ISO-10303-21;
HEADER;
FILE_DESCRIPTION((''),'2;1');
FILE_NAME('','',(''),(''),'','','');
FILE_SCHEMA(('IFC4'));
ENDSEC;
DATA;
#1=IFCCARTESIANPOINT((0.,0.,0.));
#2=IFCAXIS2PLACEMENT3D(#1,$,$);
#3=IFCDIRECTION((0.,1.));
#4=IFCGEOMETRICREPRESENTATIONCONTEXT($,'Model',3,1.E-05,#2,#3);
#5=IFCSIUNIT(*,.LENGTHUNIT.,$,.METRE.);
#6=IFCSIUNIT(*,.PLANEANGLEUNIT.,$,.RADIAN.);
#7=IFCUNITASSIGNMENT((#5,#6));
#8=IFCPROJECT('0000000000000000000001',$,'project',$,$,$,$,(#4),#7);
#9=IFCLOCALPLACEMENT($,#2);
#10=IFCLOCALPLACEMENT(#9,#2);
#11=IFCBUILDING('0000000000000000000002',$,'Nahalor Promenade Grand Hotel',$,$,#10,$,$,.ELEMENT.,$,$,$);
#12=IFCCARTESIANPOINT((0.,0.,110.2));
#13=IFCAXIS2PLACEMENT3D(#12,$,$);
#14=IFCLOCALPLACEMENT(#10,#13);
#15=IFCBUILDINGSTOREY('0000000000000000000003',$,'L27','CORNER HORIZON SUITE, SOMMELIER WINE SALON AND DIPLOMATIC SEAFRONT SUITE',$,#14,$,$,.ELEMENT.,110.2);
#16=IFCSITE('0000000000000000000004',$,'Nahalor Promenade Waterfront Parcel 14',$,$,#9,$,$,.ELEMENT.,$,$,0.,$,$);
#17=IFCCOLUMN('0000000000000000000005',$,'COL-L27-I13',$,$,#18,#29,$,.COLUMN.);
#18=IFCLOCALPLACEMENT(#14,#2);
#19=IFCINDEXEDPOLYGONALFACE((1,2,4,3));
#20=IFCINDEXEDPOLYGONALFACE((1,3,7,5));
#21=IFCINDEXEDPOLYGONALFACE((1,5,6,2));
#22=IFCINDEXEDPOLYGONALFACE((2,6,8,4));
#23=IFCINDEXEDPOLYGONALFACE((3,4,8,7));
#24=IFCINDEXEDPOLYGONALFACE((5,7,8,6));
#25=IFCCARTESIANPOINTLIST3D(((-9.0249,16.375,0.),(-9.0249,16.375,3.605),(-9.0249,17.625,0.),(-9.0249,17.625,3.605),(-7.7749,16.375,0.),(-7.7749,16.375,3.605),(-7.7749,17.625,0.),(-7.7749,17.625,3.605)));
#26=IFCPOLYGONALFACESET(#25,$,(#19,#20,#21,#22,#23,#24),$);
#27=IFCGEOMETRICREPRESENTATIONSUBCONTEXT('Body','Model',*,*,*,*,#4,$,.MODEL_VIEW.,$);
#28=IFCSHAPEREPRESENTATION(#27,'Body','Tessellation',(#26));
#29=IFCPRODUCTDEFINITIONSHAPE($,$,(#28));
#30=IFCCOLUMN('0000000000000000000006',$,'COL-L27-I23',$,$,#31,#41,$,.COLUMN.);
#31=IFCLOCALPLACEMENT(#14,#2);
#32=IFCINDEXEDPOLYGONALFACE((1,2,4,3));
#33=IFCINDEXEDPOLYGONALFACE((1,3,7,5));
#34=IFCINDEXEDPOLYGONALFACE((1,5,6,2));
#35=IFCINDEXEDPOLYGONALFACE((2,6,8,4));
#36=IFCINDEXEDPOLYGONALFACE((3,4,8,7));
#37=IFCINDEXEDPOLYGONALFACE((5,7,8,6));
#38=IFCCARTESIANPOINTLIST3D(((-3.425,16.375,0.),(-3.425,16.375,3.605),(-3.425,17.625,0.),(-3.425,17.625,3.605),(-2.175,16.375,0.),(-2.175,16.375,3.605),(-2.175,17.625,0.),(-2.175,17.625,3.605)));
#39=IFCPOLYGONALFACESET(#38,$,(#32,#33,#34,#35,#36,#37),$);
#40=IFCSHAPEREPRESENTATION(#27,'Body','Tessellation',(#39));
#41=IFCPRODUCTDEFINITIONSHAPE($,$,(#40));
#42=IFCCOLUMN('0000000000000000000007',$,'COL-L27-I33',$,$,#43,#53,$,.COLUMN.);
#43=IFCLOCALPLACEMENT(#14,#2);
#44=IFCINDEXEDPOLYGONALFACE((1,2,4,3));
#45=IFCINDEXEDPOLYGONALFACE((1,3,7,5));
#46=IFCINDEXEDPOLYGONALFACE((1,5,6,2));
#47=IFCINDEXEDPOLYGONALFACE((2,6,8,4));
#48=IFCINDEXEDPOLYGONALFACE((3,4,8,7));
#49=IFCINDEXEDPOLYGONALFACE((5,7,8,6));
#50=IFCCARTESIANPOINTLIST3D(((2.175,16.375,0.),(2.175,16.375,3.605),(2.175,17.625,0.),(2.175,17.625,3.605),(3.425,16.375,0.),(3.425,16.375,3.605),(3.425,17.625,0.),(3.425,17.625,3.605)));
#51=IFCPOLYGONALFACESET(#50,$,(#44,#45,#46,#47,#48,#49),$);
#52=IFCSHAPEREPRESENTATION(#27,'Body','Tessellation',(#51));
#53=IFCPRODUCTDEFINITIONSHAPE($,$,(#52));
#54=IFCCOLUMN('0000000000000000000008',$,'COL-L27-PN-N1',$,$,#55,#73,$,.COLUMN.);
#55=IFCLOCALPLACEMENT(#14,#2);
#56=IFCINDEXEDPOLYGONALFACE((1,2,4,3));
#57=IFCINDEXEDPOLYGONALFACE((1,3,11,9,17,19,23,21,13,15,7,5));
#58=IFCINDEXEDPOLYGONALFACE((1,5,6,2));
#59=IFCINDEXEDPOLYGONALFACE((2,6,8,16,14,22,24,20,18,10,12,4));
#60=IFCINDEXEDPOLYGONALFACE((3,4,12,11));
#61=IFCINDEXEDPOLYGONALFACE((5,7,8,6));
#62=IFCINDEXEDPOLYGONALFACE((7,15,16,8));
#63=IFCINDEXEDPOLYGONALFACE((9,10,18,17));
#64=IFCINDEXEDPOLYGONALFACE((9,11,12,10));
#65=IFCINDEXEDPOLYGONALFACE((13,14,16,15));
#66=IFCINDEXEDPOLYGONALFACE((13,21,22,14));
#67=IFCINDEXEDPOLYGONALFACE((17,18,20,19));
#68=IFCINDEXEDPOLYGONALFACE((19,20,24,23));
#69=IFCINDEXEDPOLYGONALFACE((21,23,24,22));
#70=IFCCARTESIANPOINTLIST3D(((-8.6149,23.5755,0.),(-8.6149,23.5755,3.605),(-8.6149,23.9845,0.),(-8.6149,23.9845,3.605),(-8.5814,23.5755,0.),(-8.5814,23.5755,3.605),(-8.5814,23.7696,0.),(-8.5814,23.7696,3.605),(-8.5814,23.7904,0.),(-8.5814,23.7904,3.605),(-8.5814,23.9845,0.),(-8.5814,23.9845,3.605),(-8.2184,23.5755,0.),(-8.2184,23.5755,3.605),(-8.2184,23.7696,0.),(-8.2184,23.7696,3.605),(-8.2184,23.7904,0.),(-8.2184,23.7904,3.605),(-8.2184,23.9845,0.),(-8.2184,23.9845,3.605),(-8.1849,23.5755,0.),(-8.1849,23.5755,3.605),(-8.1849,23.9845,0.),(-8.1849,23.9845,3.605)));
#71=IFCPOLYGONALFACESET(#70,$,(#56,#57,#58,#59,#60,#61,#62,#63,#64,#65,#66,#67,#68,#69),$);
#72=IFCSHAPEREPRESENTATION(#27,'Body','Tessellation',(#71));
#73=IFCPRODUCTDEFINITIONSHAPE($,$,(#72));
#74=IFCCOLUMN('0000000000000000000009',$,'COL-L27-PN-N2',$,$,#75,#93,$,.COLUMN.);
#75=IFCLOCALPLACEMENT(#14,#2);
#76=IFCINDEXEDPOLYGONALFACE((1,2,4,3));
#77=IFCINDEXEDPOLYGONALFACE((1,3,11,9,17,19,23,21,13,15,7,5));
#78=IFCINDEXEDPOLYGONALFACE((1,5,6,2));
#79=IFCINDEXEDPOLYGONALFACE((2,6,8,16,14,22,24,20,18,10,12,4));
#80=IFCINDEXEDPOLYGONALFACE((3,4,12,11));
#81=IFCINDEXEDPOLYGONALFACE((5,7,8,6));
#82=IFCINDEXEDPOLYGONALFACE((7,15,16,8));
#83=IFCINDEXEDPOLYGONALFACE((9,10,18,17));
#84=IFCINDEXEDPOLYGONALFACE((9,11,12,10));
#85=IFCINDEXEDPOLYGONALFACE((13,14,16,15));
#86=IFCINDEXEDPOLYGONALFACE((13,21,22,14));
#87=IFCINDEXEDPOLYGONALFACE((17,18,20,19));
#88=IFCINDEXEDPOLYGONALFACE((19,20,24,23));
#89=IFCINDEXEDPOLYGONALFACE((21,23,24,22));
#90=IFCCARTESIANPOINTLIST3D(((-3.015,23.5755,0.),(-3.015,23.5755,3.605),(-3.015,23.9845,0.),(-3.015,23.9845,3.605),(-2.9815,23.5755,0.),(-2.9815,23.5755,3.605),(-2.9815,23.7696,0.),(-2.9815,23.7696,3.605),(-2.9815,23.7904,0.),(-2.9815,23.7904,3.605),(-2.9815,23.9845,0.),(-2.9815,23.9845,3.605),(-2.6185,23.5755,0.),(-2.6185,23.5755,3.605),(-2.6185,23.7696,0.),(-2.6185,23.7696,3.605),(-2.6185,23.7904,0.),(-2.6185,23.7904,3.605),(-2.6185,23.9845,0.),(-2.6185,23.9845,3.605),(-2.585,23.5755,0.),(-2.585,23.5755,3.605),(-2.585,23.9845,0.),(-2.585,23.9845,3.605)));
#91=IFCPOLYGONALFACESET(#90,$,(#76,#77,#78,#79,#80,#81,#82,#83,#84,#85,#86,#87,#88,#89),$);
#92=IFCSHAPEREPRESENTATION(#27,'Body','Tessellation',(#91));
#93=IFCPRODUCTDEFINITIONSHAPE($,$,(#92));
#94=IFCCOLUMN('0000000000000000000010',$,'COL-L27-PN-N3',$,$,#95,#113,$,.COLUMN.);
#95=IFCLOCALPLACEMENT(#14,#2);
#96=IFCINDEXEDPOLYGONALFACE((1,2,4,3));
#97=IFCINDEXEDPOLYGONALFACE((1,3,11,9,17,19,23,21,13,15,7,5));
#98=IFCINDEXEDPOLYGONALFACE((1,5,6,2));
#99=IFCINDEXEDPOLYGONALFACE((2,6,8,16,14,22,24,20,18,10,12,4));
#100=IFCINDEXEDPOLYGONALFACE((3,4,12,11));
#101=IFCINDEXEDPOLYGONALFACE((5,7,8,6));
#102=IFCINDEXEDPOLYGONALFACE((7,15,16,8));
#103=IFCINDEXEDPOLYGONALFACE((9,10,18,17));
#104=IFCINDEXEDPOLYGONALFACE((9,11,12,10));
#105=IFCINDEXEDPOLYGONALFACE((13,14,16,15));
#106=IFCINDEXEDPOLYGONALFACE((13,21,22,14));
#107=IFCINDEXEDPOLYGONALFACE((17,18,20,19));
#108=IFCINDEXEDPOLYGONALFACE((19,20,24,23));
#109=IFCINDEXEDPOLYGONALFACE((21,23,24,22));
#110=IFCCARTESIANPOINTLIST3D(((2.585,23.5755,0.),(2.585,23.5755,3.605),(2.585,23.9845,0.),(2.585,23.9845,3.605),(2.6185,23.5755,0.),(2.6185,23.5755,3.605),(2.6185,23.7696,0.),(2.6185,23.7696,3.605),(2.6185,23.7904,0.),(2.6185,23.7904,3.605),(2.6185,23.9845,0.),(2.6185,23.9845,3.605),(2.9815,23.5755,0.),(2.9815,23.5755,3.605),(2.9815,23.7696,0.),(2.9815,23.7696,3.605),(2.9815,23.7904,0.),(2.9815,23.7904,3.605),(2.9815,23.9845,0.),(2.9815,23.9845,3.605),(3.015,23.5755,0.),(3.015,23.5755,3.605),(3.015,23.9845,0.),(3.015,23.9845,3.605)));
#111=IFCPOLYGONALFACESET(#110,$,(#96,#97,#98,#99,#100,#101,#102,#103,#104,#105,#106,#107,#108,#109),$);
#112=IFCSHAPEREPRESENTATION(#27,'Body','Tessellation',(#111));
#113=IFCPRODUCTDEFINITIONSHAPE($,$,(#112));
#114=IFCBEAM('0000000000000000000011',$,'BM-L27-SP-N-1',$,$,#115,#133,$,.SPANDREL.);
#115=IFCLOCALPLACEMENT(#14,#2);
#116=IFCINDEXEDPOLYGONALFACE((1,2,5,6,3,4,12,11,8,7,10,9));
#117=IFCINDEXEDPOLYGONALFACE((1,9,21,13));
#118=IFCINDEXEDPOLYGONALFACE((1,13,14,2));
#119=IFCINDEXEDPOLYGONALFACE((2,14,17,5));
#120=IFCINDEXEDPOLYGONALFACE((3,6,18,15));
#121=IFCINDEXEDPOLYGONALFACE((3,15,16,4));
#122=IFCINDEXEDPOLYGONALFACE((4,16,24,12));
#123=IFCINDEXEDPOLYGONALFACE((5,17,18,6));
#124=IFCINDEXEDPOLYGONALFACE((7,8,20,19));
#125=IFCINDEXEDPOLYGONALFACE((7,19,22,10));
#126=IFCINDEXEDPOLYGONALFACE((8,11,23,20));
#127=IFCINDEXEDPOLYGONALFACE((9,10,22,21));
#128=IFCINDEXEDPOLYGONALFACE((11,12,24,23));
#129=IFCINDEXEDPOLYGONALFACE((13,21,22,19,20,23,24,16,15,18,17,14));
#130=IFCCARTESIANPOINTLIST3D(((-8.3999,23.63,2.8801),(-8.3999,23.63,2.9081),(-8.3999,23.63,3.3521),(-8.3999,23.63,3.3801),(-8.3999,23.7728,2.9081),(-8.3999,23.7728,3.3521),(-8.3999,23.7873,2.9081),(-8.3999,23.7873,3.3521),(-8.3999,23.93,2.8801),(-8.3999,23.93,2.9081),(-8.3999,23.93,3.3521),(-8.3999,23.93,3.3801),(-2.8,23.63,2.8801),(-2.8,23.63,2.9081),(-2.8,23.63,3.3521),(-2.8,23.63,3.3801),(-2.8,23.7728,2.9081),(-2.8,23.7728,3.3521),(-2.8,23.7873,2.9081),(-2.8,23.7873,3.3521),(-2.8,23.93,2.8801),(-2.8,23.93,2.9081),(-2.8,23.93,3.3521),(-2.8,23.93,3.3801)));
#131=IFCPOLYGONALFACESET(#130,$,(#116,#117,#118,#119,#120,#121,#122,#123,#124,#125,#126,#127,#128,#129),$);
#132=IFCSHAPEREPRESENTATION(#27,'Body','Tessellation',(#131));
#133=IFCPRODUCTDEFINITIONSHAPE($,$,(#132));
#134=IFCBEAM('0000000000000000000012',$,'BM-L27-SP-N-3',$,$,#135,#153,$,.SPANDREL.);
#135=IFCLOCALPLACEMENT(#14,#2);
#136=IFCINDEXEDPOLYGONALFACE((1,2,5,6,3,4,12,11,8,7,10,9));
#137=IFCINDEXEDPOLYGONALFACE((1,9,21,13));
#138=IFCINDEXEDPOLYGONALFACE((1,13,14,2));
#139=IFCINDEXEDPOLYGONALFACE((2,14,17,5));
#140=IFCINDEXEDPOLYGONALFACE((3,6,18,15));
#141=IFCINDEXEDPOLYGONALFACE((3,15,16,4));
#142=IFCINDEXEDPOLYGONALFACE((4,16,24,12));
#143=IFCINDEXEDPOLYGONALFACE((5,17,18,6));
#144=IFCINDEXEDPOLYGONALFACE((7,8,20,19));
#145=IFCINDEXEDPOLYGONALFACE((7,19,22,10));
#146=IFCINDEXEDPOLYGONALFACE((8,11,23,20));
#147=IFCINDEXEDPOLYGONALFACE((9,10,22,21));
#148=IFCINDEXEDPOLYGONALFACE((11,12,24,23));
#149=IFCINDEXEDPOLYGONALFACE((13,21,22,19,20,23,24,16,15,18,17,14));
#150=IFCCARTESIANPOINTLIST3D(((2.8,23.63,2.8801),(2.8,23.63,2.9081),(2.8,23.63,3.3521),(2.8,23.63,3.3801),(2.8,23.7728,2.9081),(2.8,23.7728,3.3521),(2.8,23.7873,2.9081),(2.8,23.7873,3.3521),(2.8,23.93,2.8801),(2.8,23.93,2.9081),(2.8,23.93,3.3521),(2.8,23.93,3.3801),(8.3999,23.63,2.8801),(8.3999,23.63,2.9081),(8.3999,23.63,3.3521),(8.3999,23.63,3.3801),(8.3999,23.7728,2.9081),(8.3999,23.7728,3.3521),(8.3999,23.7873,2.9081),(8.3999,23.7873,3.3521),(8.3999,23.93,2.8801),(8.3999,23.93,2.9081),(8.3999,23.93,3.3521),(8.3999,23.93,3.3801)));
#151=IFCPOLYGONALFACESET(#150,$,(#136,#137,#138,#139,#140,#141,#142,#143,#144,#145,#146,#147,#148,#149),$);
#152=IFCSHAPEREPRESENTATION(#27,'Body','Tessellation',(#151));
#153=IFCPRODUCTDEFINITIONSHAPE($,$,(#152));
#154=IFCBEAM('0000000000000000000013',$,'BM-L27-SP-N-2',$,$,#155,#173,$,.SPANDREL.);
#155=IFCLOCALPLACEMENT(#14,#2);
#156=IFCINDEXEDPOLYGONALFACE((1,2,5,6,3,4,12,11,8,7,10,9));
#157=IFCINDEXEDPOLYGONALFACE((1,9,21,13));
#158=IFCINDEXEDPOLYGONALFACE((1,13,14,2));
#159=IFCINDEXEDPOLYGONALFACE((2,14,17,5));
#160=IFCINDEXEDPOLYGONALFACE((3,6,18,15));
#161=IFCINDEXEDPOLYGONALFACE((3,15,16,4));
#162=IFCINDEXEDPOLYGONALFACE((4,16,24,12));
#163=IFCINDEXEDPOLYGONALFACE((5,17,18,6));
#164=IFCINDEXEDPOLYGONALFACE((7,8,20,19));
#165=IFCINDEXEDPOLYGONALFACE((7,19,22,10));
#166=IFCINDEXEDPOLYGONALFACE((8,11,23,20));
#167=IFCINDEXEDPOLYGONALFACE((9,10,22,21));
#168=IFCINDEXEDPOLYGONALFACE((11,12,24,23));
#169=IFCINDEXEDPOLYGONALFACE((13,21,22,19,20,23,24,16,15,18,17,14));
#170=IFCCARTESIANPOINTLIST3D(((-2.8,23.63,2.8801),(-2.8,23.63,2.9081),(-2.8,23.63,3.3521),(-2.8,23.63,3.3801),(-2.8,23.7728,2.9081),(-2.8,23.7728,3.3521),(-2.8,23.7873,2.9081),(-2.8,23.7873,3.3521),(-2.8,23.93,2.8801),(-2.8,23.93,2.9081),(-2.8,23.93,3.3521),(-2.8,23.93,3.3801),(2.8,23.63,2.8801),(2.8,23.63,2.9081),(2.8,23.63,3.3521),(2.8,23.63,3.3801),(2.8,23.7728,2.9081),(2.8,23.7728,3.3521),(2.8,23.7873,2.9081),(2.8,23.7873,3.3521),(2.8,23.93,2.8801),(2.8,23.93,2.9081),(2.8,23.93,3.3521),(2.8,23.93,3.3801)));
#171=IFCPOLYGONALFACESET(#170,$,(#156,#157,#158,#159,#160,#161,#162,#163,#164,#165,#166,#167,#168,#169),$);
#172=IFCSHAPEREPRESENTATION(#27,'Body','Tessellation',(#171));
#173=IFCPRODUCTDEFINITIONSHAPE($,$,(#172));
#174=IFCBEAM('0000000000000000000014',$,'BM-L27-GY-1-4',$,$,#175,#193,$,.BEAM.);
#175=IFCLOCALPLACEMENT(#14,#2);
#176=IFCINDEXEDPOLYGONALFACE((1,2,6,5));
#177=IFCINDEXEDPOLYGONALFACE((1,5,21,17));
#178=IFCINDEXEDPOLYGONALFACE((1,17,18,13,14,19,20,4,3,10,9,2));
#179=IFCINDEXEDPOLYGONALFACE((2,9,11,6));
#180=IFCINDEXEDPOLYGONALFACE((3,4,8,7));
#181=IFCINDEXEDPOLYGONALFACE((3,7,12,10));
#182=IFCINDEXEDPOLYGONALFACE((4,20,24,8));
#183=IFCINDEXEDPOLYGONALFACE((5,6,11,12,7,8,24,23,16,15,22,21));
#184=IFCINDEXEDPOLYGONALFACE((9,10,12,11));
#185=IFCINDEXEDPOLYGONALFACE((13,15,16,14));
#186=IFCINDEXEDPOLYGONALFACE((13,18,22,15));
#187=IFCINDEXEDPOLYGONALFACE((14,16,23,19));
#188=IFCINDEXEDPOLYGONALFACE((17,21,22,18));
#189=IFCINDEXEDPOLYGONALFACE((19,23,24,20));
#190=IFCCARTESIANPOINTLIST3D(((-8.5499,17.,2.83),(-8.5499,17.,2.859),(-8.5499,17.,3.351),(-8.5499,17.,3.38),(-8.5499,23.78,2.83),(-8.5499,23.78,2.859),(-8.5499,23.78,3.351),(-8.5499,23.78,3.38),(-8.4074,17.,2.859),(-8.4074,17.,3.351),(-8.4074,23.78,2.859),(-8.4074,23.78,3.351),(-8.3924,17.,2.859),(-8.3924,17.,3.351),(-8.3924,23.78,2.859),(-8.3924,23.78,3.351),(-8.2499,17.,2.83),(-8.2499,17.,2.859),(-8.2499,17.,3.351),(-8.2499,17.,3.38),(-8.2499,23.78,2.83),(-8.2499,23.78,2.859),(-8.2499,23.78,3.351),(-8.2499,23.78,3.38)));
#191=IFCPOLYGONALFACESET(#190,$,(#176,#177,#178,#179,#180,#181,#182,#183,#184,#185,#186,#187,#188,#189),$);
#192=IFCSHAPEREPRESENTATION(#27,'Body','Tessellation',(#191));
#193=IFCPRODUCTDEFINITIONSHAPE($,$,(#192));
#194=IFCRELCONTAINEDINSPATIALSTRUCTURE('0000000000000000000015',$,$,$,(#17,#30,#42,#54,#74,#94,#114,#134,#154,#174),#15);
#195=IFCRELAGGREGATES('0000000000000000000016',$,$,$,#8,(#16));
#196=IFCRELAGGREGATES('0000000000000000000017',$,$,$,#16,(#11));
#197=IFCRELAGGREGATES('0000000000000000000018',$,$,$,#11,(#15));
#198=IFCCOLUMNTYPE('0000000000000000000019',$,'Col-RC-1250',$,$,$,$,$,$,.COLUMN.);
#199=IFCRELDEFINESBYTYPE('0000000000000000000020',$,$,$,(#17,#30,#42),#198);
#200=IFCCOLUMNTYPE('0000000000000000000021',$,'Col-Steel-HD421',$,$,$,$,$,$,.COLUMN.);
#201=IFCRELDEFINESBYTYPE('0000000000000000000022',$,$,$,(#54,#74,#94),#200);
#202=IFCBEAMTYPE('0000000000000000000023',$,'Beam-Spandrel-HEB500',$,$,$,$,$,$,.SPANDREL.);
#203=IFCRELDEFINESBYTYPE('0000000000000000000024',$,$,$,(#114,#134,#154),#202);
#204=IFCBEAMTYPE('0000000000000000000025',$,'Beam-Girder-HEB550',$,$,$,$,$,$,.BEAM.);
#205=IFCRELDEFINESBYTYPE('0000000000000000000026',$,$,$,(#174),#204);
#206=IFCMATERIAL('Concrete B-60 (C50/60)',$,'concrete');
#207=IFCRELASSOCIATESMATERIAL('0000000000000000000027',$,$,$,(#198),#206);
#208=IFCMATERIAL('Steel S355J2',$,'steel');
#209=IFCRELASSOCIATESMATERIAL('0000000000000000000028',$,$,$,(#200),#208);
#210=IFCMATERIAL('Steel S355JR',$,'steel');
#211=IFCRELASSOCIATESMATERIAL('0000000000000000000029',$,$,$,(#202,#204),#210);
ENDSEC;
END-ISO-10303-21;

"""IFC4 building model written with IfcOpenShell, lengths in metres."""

from ifc_helpers import new_model, si_unit, direction, frame, origin, origin_2d, place, context, subcontext, project, spatial, rectangle, i_section, extrude, source, transform, mapped, material, material_profile, profile_set, type_object, element, save


model = new_model("IFC4")

# Units and contexts
model_context = context("Model", 3, precision=1e-05, world=origin(), true_north=direction((0.0, 1.0)))
body_context = subcontext(model_context, "Body", "Model", "MODEL_VIEW")
ifc_project = project(units=[si_unit("LENGTHUNIT", "METRE"), si_unit("PLANEANGLEUNIT", "RADIAN")], contexts=[model_context])

# Site, building, storey
site_placement = place(None, origin())
site = spatial("IfcSite", under=ifc_project, at=site_placement, Name="Nahalor Promenade Waterfront Parcel 14", CompositionType="ELEMENT", RefElevation=0.0)
building_placement = place(site_placement, origin())
building = spatial("IfcBuilding", under=site, at=building_placement, Name="Nahalor Promenade Grand Hotel", CompositionType="ELEMENT")
storey_placement = place(building_placement, frame((0.0, 0.0, 110.2)))
storey = spatial("IfcBuildingStorey", under=building, at=storey_placement, Name="L27", Description="CORNER HORIZON SUITE, SOMMELIER WINE SALON AND DIPLOMATIC SEAFRONT SUITE", CompositionType="ELEMENT", Elevation=110.2)

# Columns
ifc_material_1 = material(Name="Concrete B-60 (C50/60)", Category="concrete")
ifc_material_profile_1 = material_profile(ifc_material_1, rectangle(XDim=1.25, YDim=1.25, at=origin_2d()), Name="RC 1250x1250")
ifc_profile_set_1 = profile_set([ifc_material_profile_1], Name="Concrete B-60 (C50/60)")
column_type_1 = type_object("IfcColumnType", Name="Col-RC-1250", PredefinedType="COLUMN", material=ifc_profile_set_1)
shared_shape_1 = source(origin(), body_context, "Body", "SweptSolid", [
    extrude(rectangle(XDim=1.25, YDim=1.25, at=origin_2d()), origin(), (0.0, 0.0, 1.0), 3.605),
])
for number, where, z_axis, x_axis, name in (
    (1, (-8.3999, 17.0, 0.0), (0.0, 0.0, 1.0), (1.0, 0.0, 0.0), "COL-L27-I13"),
    (2, (-2.8, 17.0, 0.0), (0.0, 0.0, 1.0), (1.0, 0.0, 0.0), "COL-L27-I23"),
    (3, (2.8, 17.0, 0.0), (0.0, 0.0, 1.0), (1.0, 0.0, 0.0), "COL-L27-I33"),
):
    element("IfcColumn", number, at=place(storey_placement, frame(where, z_axis=z_axis, x_axis=x_axis)), inside=storey, type_object=column_type_1, Name=name, PredefinedType="COLUMN", context=body_context, shape_type="MappedRepresentation", body=[
        mapped(shared_shape_1, transform((0.0, 0.0, 0.0), scale=1.0)),
    ])
ifc_material_2 = material(Name="Steel S355J2", Category="steel")
ifc_material_profile_2 = material_profile(ifc_material_2, i_section(OverallWidth=0.409, OverallDepth=0.43, WebThickness=0.0208, FlangeThickness=0.0335, at=origin_2d()), Name="HD 400x421")
ifc_profile_set_2 = profile_set([ifc_material_profile_2], Name="Steel S355J2")
column_type_2 = type_object("IfcColumnType", Name="Col-Steel-HD421", PredefinedType="COLUMN", material=ifc_profile_set_2)
shared_shape_2 = source(origin(), body_context, "Body", "SweptSolid", [
    extrude(i_section(OverallWidth=0.409, OverallDepth=0.43, WebThickness=0.0208, FlangeThickness=0.0335, at=origin_2d()), origin(), (0.0, 0.0, 1.0), 3.605),
])
for number, where, z_axis, x_axis, name in (
    (4, (-8.3999, 23.78, 0.0), (0.0, 0.0, 1.0), (0.0, 1.0, 0.0), "COL-L27-PN-N1"),
    (5, (-2.8, 23.78, 0.0), (0.0, 0.0, 1.0), (0.0, 1.0, 0.0), "COL-L27-PN-N2"),
    (6, (2.8, 23.78, 0.0), (0.0, 0.0, 1.0), (0.0, 1.0, 0.0), "COL-L27-PN-N3"),
):
    element("IfcColumn", number, at=place(storey_placement, frame(where, z_axis=z_axis, x_axis=x_axis)), inside=storey, type_object=column_type_2, Name=name, PredefinedType="COLUMN", context=body_context, shape_type="MappedRepresentation", body=[
        mapped(shared_shape_2, transform((0.0, 0.0, 0.0), scale=1.0)),
    ])

# Beams
ifc_material_3 = material(Name="Steel S355JR", Category="steel")
ifc_material_profile_3 = material_profile(ifc_material_3, i_section(OverallWidth=0.3, OverallDepth=0.5, WebThickness=0.0145, FlangeThickness=0.028, at=origin_2d()), Name="HEB 500")
ifc_profile_set_3 = profile_set([ifc_material_profile_3], Name="Steel S355JR")
beam_type_1 = type_object("IfcBeamType", Name="Beam-Spandrel-HEB500", PredefinedType="SPANDREL", material=ifc_profile_set_3)
shared_shape_3 = source(origin(), body_context, "Body", "SweptSolid", [
    extrude(i_section(OverallWidth=0.3, OverallDepth=0.5, WebThickness=0.0145, FlangeThickness=0.028, at=origin_2d()), origin(), (0.0, 0.0, 1.0), 5.5999),
])
for number, where, z_axis, x_axis, name in (
    (7, (-8.3999, 23.78, 3.1301), (1.0, 0.0, 0.0), (0.0, 1.0, 0.0), "BM-L27-SP-N-1"),
    (8, (2.8, 23.78, 3.1301), (1.0, 0.0, 0.0), (0.0, 1.0, 0.0), "BM-L27-SP-N-3"),
):
    element("IfcBeam", number, at=place(storey_placement, frame(where, z_axis=z_axis, x_axis=x_axis)), inside=storey, type_object=beam_type_1, Name=name, PredefinedType="SPANDREL", context=body_context, shape_type="MappedRepresentation", body=[
        mapped(shared_shape_3, transform((0.0, 0.0, 0.0), scale=1.0)),
    ])
shared_shape_4 = source(origin(), body_context, "Body", "SweptSolid", [
    extrude(i_section(OverallWidth=0.3, OverallDepth=0.5, WebThickness=0.0145, FlangeThickness=0.028, at=origin_2d()), origin(), (0.0, 0.0, 1.0), 5.6001),
])
beam_1_placement = place(storey_placement, frame((-2.8, 23.78, 3.1301), z_axis=(1.0, 0.0, 0.0), x_axis=(0.0, 1.0, 0.0)))
element("IfcBeam", 9, at=beam_1_placement, inside=storey, type_object=beam_type_1, Name="BM-L27-SP-N-2", PredefinedType="SPANDREL", context=body_context, shape_type="MappedRepresentation", body=[
    mapped(shared_shape_4, transform((0.0, 0.0, 0.0), scale=1.0)),
])
ifc_material_profile_4 = material_profile(ifc_material_3, i_section(OverallWidth=0.3, OverallDepth=0.55, WebThickness=0.015, FlangeThickness=0.029, at=origin_2d()), Name="HEB 550")
ifc_profile_set_4 = profile_set([ifc_material_profile_4], Name="Steel S355JR")
beam_type_2 = type_object("IfcBeamType", Name="Beam-Girder-HEB550", PredefinedType="BEAM", material=ifc_profile_set_4)
shared_shape_5 = source(origin(), body_context, "Body", "SweptSolid", [
    extrude(i_section(OverallWidth=0.3, OverallDepth=0.55, WebThickness=0.015, FlangeThickness=0.029, at=origin_2d()), origin(), (0.0, 0.0, 1.0), 6.78),
])
for number, where, z_axis, x_axis, name in (
    (10, (-8.3999, 17.0, 3.105), (0.0, 1.0, 0.0), (-1.0, 0.0, 0.0), "BM-L27-GY-1-4"),
):
    element("IfcBeam", number, at=place(storey_placement, frame(where, z_axis=z_axis, x_axis=x_axis)), inside=storey, type_object=beam_type_2, Name=name, PredefinedType="BEAM", context=body_context, shape_type="MappedRepresentation", body=[
        mapped(shared_shape_5, transform((0.0, 0.0, 0.0), scale=1.0)),
    ])

save(model, "model.ifc")
